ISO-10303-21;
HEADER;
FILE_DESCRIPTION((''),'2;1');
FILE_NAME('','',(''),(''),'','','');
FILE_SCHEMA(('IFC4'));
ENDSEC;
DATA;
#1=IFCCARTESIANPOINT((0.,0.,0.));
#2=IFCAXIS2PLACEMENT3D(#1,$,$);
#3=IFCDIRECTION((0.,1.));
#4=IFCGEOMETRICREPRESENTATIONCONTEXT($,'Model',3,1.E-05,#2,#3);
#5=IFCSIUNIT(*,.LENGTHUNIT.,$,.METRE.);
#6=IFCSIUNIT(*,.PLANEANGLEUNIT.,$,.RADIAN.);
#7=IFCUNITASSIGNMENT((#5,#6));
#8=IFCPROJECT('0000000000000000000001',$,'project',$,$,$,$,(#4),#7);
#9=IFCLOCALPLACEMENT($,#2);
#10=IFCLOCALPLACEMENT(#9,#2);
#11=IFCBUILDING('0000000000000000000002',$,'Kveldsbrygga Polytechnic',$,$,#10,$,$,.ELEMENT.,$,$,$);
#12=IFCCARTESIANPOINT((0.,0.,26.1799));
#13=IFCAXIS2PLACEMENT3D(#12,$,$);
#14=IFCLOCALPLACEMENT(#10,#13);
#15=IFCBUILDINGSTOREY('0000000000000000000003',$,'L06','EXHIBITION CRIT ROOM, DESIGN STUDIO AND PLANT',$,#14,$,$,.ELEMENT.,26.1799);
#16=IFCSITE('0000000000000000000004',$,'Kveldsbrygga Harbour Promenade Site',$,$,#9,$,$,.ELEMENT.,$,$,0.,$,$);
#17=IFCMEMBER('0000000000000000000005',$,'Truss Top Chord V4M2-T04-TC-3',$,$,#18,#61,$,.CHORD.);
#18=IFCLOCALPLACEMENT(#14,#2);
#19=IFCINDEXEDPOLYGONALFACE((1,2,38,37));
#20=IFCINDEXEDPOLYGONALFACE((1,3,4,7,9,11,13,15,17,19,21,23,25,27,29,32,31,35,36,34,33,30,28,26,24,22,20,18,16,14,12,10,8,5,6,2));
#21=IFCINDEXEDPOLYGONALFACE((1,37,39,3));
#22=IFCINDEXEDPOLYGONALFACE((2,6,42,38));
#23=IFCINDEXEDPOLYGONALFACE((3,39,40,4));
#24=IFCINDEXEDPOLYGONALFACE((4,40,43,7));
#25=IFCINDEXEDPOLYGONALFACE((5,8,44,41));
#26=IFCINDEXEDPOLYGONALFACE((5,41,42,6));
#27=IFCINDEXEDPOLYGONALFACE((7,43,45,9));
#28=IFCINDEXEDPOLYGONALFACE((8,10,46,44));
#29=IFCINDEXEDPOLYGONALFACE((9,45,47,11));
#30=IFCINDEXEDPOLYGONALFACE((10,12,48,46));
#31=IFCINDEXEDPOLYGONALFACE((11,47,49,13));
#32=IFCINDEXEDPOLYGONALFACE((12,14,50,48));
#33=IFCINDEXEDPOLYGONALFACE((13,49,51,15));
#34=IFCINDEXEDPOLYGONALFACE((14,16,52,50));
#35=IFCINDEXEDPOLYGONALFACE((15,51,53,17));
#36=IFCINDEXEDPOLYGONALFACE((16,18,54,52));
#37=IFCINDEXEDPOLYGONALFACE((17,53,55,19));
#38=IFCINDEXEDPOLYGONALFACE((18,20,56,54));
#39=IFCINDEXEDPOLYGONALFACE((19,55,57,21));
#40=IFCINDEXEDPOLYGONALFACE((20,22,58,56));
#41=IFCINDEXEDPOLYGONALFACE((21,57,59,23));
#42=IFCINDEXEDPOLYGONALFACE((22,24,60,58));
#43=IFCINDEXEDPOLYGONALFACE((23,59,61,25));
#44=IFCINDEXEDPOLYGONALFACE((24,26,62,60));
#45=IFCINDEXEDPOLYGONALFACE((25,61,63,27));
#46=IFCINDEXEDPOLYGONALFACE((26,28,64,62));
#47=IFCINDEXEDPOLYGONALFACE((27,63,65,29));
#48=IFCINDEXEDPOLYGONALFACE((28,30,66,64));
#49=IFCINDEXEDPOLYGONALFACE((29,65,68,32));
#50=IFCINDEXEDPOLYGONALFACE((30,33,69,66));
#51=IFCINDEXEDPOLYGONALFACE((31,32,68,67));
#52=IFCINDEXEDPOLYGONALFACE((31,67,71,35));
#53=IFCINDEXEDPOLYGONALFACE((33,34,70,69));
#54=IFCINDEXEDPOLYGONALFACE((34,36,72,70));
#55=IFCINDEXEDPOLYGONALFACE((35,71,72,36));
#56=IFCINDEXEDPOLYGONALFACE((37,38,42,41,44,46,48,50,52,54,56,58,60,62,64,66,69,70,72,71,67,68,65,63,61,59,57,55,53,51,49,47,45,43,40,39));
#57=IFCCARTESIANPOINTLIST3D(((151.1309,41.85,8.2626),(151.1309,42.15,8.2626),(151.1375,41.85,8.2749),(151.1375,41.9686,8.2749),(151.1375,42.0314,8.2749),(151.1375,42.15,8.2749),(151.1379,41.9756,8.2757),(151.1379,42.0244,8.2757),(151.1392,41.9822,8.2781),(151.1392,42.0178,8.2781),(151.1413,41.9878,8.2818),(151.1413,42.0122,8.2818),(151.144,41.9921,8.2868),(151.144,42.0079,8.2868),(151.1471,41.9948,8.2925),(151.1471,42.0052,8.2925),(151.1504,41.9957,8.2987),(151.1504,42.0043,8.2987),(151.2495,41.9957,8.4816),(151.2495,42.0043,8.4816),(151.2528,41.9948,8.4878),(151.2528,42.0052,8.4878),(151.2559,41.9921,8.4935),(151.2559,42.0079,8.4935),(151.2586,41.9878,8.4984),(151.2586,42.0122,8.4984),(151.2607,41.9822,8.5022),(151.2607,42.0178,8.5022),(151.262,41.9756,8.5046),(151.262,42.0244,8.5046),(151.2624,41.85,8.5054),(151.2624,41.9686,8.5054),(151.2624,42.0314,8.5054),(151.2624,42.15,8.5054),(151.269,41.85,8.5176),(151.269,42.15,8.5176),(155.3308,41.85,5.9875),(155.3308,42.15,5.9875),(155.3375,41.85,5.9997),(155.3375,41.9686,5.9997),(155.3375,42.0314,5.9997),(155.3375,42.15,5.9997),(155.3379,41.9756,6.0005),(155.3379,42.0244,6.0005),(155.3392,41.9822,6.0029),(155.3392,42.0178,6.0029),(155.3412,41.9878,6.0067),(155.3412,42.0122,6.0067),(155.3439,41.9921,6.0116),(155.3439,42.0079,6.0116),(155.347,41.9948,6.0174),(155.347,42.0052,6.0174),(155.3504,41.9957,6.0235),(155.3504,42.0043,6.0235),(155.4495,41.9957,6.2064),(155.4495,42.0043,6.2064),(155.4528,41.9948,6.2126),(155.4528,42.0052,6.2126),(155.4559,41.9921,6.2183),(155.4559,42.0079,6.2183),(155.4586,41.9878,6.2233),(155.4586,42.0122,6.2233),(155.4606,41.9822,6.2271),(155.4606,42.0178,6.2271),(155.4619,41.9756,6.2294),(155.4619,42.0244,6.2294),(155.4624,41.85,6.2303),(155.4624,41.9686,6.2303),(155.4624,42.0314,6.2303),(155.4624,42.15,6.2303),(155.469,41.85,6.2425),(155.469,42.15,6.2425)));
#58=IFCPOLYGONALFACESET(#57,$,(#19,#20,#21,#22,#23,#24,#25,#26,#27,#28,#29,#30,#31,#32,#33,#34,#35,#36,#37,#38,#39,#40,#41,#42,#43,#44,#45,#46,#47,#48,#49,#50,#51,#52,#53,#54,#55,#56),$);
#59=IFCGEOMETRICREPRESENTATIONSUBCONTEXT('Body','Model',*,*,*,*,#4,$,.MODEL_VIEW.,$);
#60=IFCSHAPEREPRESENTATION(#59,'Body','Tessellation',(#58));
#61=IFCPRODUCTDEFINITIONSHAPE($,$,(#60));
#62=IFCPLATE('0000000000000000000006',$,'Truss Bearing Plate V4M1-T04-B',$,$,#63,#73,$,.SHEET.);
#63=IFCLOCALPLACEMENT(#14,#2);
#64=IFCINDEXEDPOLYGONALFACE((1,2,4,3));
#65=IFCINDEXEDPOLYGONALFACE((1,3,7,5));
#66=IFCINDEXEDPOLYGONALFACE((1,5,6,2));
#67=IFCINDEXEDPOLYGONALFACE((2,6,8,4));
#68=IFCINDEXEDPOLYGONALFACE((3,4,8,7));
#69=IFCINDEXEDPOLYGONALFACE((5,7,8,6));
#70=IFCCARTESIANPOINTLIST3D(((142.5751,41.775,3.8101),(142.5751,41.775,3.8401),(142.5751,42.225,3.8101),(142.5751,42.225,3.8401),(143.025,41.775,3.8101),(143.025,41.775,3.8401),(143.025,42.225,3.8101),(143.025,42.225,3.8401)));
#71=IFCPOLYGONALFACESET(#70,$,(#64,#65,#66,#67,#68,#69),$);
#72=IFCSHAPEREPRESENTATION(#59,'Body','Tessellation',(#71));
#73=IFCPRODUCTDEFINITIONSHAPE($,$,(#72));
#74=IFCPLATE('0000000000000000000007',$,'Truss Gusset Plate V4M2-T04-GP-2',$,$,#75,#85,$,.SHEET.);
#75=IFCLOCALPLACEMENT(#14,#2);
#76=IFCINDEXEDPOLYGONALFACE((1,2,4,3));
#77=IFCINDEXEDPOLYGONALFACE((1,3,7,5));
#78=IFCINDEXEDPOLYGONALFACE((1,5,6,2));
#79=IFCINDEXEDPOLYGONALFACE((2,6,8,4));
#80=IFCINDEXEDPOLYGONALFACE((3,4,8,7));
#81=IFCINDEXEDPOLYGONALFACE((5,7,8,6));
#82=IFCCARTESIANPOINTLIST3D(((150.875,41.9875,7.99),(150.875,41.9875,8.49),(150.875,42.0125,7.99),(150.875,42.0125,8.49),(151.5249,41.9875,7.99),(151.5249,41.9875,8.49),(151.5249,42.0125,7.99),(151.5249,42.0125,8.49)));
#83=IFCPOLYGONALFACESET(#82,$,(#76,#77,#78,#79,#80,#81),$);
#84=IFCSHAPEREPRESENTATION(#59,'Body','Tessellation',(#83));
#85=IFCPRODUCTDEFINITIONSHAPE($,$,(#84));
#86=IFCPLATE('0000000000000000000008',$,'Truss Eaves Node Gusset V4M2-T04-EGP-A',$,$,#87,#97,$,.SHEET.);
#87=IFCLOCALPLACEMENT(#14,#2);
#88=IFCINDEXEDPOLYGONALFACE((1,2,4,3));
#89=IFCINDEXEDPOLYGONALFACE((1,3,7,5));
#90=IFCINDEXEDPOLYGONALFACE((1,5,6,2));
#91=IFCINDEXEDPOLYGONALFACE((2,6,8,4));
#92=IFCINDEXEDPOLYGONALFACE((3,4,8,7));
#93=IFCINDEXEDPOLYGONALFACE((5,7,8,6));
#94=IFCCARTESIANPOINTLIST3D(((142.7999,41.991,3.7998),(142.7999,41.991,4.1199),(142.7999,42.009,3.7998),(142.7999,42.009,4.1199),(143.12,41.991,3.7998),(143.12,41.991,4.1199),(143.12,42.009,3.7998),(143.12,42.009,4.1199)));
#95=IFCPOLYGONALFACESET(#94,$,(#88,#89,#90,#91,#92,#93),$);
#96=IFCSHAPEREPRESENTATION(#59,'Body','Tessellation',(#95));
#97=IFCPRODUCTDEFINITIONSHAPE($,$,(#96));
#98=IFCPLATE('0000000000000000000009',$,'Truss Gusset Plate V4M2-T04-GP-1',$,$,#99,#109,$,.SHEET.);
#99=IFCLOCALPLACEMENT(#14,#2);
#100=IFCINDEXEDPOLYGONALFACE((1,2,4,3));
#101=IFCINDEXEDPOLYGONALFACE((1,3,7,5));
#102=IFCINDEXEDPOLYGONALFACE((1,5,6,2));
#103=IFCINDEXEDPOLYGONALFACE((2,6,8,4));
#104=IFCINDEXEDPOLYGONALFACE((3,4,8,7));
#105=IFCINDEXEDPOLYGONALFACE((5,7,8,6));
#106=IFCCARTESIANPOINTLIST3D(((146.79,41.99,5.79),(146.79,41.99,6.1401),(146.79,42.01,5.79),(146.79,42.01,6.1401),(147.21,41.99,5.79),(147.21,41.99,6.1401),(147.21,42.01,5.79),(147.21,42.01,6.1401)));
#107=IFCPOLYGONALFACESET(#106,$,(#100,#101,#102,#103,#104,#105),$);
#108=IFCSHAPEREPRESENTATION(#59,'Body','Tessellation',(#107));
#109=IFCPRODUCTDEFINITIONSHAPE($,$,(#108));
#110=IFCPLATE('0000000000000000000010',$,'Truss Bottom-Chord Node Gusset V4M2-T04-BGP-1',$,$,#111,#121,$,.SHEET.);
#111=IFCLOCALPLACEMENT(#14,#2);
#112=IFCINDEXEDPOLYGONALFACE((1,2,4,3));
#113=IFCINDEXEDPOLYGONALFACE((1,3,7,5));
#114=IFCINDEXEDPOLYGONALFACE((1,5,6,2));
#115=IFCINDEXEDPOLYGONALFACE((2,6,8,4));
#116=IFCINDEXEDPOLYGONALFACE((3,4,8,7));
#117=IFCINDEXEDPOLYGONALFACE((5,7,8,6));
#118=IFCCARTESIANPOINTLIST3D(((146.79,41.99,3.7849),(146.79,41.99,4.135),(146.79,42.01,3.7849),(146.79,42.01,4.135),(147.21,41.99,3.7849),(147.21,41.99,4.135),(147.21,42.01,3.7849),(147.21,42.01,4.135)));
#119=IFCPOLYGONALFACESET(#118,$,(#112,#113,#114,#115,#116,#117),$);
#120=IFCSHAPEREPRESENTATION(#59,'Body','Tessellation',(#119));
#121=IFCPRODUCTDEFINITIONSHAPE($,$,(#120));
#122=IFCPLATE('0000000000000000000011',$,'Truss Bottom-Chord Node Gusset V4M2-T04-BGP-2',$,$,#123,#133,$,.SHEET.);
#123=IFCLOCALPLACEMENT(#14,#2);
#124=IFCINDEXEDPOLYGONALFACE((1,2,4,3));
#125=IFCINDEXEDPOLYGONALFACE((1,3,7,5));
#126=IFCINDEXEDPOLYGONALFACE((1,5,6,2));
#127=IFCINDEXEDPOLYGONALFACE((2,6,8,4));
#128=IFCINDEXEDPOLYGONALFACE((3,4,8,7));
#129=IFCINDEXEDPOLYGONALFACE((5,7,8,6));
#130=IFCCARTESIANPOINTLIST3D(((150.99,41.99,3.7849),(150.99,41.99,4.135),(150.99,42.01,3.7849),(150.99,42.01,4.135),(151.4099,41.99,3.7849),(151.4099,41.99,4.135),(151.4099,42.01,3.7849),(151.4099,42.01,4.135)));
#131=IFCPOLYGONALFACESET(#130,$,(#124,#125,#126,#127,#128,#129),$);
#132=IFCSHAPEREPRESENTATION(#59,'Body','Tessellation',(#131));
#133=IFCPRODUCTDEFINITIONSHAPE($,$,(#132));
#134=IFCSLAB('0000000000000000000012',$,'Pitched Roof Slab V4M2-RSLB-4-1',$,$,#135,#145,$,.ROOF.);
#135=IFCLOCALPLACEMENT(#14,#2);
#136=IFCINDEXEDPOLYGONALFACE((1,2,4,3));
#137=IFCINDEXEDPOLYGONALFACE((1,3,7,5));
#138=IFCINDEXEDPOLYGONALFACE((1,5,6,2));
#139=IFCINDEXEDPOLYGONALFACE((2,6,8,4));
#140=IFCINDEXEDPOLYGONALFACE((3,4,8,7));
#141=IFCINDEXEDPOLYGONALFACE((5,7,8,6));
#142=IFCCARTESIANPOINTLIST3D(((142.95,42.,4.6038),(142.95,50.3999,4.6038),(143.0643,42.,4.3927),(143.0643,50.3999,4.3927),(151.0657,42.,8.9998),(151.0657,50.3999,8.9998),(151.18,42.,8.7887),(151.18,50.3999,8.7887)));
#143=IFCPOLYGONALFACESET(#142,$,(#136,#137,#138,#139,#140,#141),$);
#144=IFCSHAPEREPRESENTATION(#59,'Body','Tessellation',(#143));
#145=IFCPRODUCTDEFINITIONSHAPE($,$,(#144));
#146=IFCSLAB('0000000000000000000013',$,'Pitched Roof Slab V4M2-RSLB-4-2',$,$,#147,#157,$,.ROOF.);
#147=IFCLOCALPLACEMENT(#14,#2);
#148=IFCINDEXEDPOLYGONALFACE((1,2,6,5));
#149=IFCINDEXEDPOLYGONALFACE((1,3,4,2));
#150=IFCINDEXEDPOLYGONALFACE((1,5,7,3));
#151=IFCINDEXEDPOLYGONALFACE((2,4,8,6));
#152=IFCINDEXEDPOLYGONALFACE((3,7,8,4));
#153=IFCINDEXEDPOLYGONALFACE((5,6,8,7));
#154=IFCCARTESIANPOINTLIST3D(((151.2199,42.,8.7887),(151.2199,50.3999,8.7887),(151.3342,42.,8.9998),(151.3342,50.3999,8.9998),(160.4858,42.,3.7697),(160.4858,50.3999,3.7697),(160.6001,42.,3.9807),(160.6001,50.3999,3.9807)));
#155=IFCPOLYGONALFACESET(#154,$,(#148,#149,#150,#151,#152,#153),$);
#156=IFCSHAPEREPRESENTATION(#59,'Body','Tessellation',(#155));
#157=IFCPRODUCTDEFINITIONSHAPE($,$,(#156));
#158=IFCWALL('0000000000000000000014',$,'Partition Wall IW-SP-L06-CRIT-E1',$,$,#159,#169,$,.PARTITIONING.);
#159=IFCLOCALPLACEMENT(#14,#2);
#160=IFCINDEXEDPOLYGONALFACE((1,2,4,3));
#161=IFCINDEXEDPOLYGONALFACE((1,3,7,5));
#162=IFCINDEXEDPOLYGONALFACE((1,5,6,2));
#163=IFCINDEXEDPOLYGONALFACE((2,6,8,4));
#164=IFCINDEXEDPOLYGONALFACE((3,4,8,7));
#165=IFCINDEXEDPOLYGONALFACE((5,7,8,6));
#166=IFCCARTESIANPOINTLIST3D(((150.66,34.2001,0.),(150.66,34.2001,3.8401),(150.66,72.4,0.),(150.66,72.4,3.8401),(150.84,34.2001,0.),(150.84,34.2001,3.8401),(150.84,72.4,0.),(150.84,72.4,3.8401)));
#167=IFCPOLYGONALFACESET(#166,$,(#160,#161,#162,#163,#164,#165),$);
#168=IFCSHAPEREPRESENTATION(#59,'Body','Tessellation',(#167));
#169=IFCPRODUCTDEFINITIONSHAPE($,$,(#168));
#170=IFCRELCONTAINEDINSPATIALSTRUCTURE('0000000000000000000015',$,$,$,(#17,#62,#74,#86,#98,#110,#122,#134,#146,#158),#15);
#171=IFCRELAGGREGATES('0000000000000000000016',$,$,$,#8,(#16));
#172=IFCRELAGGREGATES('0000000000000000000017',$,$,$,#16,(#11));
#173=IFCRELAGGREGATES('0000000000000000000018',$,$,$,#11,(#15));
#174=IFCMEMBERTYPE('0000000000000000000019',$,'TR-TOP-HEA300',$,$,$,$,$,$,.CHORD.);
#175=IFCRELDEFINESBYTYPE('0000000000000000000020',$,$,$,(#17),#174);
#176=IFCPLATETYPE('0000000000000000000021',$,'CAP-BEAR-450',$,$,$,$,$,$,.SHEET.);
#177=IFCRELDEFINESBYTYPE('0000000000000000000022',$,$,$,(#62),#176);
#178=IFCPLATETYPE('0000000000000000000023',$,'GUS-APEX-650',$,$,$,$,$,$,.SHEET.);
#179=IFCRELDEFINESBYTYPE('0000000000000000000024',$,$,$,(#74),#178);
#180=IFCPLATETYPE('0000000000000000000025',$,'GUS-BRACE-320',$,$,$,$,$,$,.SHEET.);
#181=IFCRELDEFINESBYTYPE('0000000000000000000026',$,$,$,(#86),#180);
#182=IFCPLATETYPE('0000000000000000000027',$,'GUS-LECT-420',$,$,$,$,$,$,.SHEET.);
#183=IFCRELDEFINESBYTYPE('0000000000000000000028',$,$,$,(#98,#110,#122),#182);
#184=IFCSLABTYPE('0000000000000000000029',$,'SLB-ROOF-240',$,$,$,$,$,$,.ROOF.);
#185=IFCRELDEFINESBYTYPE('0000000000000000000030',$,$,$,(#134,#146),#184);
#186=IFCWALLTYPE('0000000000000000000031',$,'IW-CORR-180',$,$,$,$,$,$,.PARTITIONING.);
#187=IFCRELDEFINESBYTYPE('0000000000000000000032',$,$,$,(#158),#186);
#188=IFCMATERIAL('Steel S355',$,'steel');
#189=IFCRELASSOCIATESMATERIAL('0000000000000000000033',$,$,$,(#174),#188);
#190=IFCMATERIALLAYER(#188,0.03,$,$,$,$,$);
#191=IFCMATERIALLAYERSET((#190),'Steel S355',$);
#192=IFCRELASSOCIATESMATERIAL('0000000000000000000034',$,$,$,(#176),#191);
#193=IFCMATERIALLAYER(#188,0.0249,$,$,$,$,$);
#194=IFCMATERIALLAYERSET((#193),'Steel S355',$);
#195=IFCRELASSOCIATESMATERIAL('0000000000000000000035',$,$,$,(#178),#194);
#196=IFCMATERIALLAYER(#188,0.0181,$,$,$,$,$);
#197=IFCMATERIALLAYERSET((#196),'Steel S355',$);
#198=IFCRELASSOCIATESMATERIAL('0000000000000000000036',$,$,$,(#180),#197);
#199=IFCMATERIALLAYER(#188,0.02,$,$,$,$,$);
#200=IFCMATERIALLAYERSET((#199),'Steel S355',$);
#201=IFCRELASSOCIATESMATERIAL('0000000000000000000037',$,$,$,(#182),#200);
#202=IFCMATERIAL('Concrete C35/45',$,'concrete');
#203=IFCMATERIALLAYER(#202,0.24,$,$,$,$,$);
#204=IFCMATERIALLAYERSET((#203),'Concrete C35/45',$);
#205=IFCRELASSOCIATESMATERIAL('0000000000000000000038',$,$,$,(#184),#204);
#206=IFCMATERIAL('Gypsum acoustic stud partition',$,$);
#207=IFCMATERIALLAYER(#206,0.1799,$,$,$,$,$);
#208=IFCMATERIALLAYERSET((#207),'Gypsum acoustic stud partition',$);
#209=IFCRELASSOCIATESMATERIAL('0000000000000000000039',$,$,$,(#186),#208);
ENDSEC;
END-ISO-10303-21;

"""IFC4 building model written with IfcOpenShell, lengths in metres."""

from ifc_helpers import new_model, si_unit, direction, frame, frame_2d, origin, origin_2d, place, context, subcontext, project, spatial, polyline, rectangle, i_section, outline, extrude, material, layer, layer_set, material_profile, profile_set, type_object, element, save


model = new_model("IFC4")

# Units and contexts
model_context = context("Model", 3, precision=1e-05, world=origin(), true_north=direction((0.0, 1.0)))
body_context = subcontext(model_context, "Body", "Model", "MODEL_VIEW")
ifc_project = project(units=[si_unit("LENGTHUNIT", "METRE"), si_unit("PLANEANGLEUNIT", "RADIAN")], contexts=[model_context])

# Site, building, storey
site_placement = place(None, origin())
site = spatial("IfcSite", under=ifc_project, at=site_placement, Name="Kveldsbrygga Harbour Promenade Site", CompositionType="ELEMENT", RefElevation=0.0)
building_placement = place(site_placement, origin())
building = spatial("IfcBuilding", under=site, at=building_placement, Name="Kveldsbrygga Polytechnic", CompositionType="ELEMENT")
storey_placement = place(building_placement, frame((0.0, 0.0, 26.1799)))
storey = spatial("IfcBuildingStorey", under=building, at=storey_placement, Name="L06", Description="EXHIBITION CRIT ROOM, DESIGN STUDIO AND PLANT", CompositionType="ELEMENT", Elevation=26.1799)

# Shared definitions
ifc_material_1 = material(Name="Steel S355", Category="steel")

# Member
ifc_material_profile_1 = material_profile(ifc_material_1, i_section(OverallWidth=0.3, OverallDepth=0.29, WebThickness=0.0085, FlangeThickness=0.0139, FilletRadius=0.0271, at=origin_2d()), Name="HEA 300")
ifc_profile_set_1 = profile_set([ifc_material_profile_1], Name="Steel S355")
member_type_1 = type_object("IfcMemberType", Name="TR-TOP-HEA300", PredefinedType="CHORD", material=ifc_profile_set_1)
for number, where, z_axis, x_axis, name in (
    (1, (151.2, 42.0, 8.3901), (0.879277, 0.0, -0.476311), (0.0, 1.0, 0.0), "Truss Top Chord V4M2-T04-TC-3"),
):
    element("IfcMember", number, at=place(storey_placement, frame(where, z_axis=z_axis, x_axis=x_axis)), inside=storey, type_object=member_type_1, Name=name, PredefinedType="CHORD", context=body_context, shape_type="SweptSolid", body=[
        extrude(i_section(OverallWidth=0.3, OverallDepth=0.29, WebThickness=0.0085, FlangeThickness=0.0139, FilletRadius=0.0271, at=origin_2d()), origin(), (0.0, 0.0, 1.0), 4.7766),
    ])

# Plates
ifc_layer_1 = layer(ifc_material_1, 0.03)
ifc_layer_set_1 = layer_set([ifc_layer_1], Name="Steel S355")
plate_type_1 = type_object("IfcPlateType", Name="CAP-BEAR-450", PredefinedType="SHEET", material=ifc_layer_set_1)
plate_1_placement = place(storey_placement, frame((142.8, 42.0, 3.8101), z_axis=(0.0, 0.0, 1.0), x_axis=(1.0, 0.0, 0.0)))
element("IfcPlate", 2, at=plate_1_placement, inside=storey, type_object=plate_type_1, Name="Truss Bearing Plate V4M1-T04-B", PredefinedType="SHEET", context=body_context, shape_type="SweptSolid", body=[
    extrude(rectangle(XDim=0.45, YDim=0.45, at=origin_2d()), origin(), (0.0, 0.0, 1.0), 0.03),
])
ifc_layer_2 = layer(ifc_material_1, 0.0249)
ifc_layer_set_2 = layer_set([ifc_layer_2], Name="Steel S355")
plate_type_2 = type_object("IfcPlateType", Name="GUS-APEX-650", PredefinedType="SHEET", material=ifc_layer_set_2)
plate_2_placement = place(storey_placement, frame((151.2, 42.0, 7.99), z_axis=(0.0, 0.0, 1.0), x_axis=(1.0, 0.0, 0.0)))
element("IfcPlate", 3, at=plate_2_placement, inside=storey, type_object=plate_type_2, Name="Truss Gusset Plate V4M2-T04-GP-2", PredefinedType="SHEET", context=body_context, shape_type="SweptSolid", body=[
    extrude(rectangle(XDim=0.6499, YDim=0.0249, at=origin_2d()), origin(), (0.0, 0.0, 1.0), 0.5),
])
ifc_layer_3 = layer(ifc_material_1, 0.0181)
ifc_layer_set_3 = layer_set([ifc_layer_3], Name="Steel S355")
plate_type_3 = type_object("IfcPlateType", Name="GUS-BRACE-320", PredefinedType="SHEET", material=ifc_layer_set_3)
plate_3_placement = place(storey_placement, frame((142.96, 42.0, 3.7998), z_axis=(0.0, 0.0, 1.0), x_axis=(1.0, 0.0, 0.0)))
element("IfcPlate", 4, at=plate_3_placement, inside=storey, type_object=plate_type_3, Name="Truss Eaves Node Gusset V4M2-T04-EGP-A", PredefinedType="SHEET", context=body_context, shape_type="SweptSolid", body=[
    extrude(rectangle(XDim=0.3201, YDim=0.0181, at=origin_2d()), origin(), (0.0, 0.0, 1.0), 0.3201),
])
ifc_layer_4 = layer(ifc_material_1, 0.02)
ifc_layer_set_4 = layer_set([ifc_layer_4], Name="Steel S355")
plate_type_4 = type_object("IfcPlateType", Name="GUS-LECT-420", PredefinedType="SHEET", material=ifc_layer_set_4)
for number, where, z_axis, x_axis, name in (
    (5, (147.0, 42.0, 5.79), (0.0, 0.0, 1.0), (1.0, 0.0, 0.0), "Truss Gusset Plate V4M2-T04-GP-1"),
    (6, (147.0, 42.0, 3.7849), (0.0, 0.0, 1.0), (1.0, 0.0, 0.0), "Truss Bottom-Chord Node Gusset V4M2-T04-BGP-1"),
    (7, (151.2, 42.0, 3.7849), (0.0, 0.0, 1.0), (1.0, 0.0, 0.0), "Truss Bottom-Chord Node Gusset V4M2-T04-BGP-2"),
):
    element("IfcPlate", number, at=place(storey_placement, frame(where, z_axis=z_axis, x_axis=x_axis)), inside=storey, type_object=plate_type_4, Name=name, PredefinedType="SHEET", context=body_context, shape_type="SweptSolid", body=[
        extrude(rectangle(XDim=0.4199, YDim=0.02, at=origin_2d()), origin(), (0.0, 0.0, 1.0), 0.3501),
    ])

# Slabs
ifc_material_2 = material(Name="Concrete C35/45", Category="concrete")
ifc_layer_5 = layer(ifc_material_2, 0.24)
ifc_layer_set_5 = layer_set([ifc_layer_5], Name="Concrete C35/45")
slab_type = type_object("IfcSlabType", Name="SLB-ROOF-240", PredefinedType="ROOF", material=ifc_layer_set_5)
slab_1_placement = place(storey_placement, frame((142.95, 42.0, 4.6038), z_axis=(-0.476281, 0.0, 0.879293), x_axis=(0.879293, 0.0, 0.476281)))
element("IfcSlab", 8, at=slab_1_placement, inside=storey, type_object=slab_type, Name="Pitched Roof Slab V4M2-RSLB-4-1", PredefinedType="ROOF", context=body_context, shape_type="SweptSolid", body=[
    extrude(outline(polyline([(0.0, 0.0), (9.2298, 0.0), (9.2298, 8.3999), (0.0, 8.3999), (0.0, 0.0)])), origin(), (0.0, 0.0, -1.0), 0.24),
])
slab_2_placement = place(storey_placement, frame((151.3342, 42.0, 8.9998), z_axis=(0.476285, 0.0, 0.879291), x_axis=(0.879291, 0.0, -0.476285)))
element("IfcSlab", 9, at=slab_2_placement, inside=storey, type_object=slab_type, Name="Pitched Roof Slab V4M2-RSLB-4-2", PredefinedType="ROOF", context=body_context, shape_type="SweptSolid", body=[
    extrude(outline(polyline([(0.0, 0.0), (10.5379, 0.0), (10.5379, 8.3999), (0.0, 8.3999), (0.0, 0.0)])), origin(), (0.0, 0.0, -1.0), 0.24),
])

# Wall
ifc_material_3 = material(Name="Gypsum acoustic stud partition")
ifc_layer_6 = layer(ifc_material_3, 0.1799)
ifc_layer_set_6 = layer_set([ifc_layer_6], Name="Gypsum acoustic stud partition")
wall_type_1 = type_object("IfcWallType", Name="IW-CORR-180", PredefinedType="PARTITIONING", material=ifc_layer_set_6)
wall_1_placement = place(storey_placement, frame((150.75, 34.2, 0.0), z_axis=(0.0, 0.0, 1.0), x_axis=(0.0, 1.0, 0.0)))
element("IfcWall", 10, at=wall_1_placement, inside=storey, type_object=wall_type_1, Name="Partition Wall IW-SP-L06-CRIT-E1", PredefinedType="PARTITIONING", context=body_context, shape_type="SweptSolid", body=[
    extrude(rectangle(XDim=38.2, YDim=0.1799, at=frame_2d((19.1001, 0.0))), origin(), (0.0, 0.0, 1.0), 3.8401),
])

save(model, "model.ifc")
